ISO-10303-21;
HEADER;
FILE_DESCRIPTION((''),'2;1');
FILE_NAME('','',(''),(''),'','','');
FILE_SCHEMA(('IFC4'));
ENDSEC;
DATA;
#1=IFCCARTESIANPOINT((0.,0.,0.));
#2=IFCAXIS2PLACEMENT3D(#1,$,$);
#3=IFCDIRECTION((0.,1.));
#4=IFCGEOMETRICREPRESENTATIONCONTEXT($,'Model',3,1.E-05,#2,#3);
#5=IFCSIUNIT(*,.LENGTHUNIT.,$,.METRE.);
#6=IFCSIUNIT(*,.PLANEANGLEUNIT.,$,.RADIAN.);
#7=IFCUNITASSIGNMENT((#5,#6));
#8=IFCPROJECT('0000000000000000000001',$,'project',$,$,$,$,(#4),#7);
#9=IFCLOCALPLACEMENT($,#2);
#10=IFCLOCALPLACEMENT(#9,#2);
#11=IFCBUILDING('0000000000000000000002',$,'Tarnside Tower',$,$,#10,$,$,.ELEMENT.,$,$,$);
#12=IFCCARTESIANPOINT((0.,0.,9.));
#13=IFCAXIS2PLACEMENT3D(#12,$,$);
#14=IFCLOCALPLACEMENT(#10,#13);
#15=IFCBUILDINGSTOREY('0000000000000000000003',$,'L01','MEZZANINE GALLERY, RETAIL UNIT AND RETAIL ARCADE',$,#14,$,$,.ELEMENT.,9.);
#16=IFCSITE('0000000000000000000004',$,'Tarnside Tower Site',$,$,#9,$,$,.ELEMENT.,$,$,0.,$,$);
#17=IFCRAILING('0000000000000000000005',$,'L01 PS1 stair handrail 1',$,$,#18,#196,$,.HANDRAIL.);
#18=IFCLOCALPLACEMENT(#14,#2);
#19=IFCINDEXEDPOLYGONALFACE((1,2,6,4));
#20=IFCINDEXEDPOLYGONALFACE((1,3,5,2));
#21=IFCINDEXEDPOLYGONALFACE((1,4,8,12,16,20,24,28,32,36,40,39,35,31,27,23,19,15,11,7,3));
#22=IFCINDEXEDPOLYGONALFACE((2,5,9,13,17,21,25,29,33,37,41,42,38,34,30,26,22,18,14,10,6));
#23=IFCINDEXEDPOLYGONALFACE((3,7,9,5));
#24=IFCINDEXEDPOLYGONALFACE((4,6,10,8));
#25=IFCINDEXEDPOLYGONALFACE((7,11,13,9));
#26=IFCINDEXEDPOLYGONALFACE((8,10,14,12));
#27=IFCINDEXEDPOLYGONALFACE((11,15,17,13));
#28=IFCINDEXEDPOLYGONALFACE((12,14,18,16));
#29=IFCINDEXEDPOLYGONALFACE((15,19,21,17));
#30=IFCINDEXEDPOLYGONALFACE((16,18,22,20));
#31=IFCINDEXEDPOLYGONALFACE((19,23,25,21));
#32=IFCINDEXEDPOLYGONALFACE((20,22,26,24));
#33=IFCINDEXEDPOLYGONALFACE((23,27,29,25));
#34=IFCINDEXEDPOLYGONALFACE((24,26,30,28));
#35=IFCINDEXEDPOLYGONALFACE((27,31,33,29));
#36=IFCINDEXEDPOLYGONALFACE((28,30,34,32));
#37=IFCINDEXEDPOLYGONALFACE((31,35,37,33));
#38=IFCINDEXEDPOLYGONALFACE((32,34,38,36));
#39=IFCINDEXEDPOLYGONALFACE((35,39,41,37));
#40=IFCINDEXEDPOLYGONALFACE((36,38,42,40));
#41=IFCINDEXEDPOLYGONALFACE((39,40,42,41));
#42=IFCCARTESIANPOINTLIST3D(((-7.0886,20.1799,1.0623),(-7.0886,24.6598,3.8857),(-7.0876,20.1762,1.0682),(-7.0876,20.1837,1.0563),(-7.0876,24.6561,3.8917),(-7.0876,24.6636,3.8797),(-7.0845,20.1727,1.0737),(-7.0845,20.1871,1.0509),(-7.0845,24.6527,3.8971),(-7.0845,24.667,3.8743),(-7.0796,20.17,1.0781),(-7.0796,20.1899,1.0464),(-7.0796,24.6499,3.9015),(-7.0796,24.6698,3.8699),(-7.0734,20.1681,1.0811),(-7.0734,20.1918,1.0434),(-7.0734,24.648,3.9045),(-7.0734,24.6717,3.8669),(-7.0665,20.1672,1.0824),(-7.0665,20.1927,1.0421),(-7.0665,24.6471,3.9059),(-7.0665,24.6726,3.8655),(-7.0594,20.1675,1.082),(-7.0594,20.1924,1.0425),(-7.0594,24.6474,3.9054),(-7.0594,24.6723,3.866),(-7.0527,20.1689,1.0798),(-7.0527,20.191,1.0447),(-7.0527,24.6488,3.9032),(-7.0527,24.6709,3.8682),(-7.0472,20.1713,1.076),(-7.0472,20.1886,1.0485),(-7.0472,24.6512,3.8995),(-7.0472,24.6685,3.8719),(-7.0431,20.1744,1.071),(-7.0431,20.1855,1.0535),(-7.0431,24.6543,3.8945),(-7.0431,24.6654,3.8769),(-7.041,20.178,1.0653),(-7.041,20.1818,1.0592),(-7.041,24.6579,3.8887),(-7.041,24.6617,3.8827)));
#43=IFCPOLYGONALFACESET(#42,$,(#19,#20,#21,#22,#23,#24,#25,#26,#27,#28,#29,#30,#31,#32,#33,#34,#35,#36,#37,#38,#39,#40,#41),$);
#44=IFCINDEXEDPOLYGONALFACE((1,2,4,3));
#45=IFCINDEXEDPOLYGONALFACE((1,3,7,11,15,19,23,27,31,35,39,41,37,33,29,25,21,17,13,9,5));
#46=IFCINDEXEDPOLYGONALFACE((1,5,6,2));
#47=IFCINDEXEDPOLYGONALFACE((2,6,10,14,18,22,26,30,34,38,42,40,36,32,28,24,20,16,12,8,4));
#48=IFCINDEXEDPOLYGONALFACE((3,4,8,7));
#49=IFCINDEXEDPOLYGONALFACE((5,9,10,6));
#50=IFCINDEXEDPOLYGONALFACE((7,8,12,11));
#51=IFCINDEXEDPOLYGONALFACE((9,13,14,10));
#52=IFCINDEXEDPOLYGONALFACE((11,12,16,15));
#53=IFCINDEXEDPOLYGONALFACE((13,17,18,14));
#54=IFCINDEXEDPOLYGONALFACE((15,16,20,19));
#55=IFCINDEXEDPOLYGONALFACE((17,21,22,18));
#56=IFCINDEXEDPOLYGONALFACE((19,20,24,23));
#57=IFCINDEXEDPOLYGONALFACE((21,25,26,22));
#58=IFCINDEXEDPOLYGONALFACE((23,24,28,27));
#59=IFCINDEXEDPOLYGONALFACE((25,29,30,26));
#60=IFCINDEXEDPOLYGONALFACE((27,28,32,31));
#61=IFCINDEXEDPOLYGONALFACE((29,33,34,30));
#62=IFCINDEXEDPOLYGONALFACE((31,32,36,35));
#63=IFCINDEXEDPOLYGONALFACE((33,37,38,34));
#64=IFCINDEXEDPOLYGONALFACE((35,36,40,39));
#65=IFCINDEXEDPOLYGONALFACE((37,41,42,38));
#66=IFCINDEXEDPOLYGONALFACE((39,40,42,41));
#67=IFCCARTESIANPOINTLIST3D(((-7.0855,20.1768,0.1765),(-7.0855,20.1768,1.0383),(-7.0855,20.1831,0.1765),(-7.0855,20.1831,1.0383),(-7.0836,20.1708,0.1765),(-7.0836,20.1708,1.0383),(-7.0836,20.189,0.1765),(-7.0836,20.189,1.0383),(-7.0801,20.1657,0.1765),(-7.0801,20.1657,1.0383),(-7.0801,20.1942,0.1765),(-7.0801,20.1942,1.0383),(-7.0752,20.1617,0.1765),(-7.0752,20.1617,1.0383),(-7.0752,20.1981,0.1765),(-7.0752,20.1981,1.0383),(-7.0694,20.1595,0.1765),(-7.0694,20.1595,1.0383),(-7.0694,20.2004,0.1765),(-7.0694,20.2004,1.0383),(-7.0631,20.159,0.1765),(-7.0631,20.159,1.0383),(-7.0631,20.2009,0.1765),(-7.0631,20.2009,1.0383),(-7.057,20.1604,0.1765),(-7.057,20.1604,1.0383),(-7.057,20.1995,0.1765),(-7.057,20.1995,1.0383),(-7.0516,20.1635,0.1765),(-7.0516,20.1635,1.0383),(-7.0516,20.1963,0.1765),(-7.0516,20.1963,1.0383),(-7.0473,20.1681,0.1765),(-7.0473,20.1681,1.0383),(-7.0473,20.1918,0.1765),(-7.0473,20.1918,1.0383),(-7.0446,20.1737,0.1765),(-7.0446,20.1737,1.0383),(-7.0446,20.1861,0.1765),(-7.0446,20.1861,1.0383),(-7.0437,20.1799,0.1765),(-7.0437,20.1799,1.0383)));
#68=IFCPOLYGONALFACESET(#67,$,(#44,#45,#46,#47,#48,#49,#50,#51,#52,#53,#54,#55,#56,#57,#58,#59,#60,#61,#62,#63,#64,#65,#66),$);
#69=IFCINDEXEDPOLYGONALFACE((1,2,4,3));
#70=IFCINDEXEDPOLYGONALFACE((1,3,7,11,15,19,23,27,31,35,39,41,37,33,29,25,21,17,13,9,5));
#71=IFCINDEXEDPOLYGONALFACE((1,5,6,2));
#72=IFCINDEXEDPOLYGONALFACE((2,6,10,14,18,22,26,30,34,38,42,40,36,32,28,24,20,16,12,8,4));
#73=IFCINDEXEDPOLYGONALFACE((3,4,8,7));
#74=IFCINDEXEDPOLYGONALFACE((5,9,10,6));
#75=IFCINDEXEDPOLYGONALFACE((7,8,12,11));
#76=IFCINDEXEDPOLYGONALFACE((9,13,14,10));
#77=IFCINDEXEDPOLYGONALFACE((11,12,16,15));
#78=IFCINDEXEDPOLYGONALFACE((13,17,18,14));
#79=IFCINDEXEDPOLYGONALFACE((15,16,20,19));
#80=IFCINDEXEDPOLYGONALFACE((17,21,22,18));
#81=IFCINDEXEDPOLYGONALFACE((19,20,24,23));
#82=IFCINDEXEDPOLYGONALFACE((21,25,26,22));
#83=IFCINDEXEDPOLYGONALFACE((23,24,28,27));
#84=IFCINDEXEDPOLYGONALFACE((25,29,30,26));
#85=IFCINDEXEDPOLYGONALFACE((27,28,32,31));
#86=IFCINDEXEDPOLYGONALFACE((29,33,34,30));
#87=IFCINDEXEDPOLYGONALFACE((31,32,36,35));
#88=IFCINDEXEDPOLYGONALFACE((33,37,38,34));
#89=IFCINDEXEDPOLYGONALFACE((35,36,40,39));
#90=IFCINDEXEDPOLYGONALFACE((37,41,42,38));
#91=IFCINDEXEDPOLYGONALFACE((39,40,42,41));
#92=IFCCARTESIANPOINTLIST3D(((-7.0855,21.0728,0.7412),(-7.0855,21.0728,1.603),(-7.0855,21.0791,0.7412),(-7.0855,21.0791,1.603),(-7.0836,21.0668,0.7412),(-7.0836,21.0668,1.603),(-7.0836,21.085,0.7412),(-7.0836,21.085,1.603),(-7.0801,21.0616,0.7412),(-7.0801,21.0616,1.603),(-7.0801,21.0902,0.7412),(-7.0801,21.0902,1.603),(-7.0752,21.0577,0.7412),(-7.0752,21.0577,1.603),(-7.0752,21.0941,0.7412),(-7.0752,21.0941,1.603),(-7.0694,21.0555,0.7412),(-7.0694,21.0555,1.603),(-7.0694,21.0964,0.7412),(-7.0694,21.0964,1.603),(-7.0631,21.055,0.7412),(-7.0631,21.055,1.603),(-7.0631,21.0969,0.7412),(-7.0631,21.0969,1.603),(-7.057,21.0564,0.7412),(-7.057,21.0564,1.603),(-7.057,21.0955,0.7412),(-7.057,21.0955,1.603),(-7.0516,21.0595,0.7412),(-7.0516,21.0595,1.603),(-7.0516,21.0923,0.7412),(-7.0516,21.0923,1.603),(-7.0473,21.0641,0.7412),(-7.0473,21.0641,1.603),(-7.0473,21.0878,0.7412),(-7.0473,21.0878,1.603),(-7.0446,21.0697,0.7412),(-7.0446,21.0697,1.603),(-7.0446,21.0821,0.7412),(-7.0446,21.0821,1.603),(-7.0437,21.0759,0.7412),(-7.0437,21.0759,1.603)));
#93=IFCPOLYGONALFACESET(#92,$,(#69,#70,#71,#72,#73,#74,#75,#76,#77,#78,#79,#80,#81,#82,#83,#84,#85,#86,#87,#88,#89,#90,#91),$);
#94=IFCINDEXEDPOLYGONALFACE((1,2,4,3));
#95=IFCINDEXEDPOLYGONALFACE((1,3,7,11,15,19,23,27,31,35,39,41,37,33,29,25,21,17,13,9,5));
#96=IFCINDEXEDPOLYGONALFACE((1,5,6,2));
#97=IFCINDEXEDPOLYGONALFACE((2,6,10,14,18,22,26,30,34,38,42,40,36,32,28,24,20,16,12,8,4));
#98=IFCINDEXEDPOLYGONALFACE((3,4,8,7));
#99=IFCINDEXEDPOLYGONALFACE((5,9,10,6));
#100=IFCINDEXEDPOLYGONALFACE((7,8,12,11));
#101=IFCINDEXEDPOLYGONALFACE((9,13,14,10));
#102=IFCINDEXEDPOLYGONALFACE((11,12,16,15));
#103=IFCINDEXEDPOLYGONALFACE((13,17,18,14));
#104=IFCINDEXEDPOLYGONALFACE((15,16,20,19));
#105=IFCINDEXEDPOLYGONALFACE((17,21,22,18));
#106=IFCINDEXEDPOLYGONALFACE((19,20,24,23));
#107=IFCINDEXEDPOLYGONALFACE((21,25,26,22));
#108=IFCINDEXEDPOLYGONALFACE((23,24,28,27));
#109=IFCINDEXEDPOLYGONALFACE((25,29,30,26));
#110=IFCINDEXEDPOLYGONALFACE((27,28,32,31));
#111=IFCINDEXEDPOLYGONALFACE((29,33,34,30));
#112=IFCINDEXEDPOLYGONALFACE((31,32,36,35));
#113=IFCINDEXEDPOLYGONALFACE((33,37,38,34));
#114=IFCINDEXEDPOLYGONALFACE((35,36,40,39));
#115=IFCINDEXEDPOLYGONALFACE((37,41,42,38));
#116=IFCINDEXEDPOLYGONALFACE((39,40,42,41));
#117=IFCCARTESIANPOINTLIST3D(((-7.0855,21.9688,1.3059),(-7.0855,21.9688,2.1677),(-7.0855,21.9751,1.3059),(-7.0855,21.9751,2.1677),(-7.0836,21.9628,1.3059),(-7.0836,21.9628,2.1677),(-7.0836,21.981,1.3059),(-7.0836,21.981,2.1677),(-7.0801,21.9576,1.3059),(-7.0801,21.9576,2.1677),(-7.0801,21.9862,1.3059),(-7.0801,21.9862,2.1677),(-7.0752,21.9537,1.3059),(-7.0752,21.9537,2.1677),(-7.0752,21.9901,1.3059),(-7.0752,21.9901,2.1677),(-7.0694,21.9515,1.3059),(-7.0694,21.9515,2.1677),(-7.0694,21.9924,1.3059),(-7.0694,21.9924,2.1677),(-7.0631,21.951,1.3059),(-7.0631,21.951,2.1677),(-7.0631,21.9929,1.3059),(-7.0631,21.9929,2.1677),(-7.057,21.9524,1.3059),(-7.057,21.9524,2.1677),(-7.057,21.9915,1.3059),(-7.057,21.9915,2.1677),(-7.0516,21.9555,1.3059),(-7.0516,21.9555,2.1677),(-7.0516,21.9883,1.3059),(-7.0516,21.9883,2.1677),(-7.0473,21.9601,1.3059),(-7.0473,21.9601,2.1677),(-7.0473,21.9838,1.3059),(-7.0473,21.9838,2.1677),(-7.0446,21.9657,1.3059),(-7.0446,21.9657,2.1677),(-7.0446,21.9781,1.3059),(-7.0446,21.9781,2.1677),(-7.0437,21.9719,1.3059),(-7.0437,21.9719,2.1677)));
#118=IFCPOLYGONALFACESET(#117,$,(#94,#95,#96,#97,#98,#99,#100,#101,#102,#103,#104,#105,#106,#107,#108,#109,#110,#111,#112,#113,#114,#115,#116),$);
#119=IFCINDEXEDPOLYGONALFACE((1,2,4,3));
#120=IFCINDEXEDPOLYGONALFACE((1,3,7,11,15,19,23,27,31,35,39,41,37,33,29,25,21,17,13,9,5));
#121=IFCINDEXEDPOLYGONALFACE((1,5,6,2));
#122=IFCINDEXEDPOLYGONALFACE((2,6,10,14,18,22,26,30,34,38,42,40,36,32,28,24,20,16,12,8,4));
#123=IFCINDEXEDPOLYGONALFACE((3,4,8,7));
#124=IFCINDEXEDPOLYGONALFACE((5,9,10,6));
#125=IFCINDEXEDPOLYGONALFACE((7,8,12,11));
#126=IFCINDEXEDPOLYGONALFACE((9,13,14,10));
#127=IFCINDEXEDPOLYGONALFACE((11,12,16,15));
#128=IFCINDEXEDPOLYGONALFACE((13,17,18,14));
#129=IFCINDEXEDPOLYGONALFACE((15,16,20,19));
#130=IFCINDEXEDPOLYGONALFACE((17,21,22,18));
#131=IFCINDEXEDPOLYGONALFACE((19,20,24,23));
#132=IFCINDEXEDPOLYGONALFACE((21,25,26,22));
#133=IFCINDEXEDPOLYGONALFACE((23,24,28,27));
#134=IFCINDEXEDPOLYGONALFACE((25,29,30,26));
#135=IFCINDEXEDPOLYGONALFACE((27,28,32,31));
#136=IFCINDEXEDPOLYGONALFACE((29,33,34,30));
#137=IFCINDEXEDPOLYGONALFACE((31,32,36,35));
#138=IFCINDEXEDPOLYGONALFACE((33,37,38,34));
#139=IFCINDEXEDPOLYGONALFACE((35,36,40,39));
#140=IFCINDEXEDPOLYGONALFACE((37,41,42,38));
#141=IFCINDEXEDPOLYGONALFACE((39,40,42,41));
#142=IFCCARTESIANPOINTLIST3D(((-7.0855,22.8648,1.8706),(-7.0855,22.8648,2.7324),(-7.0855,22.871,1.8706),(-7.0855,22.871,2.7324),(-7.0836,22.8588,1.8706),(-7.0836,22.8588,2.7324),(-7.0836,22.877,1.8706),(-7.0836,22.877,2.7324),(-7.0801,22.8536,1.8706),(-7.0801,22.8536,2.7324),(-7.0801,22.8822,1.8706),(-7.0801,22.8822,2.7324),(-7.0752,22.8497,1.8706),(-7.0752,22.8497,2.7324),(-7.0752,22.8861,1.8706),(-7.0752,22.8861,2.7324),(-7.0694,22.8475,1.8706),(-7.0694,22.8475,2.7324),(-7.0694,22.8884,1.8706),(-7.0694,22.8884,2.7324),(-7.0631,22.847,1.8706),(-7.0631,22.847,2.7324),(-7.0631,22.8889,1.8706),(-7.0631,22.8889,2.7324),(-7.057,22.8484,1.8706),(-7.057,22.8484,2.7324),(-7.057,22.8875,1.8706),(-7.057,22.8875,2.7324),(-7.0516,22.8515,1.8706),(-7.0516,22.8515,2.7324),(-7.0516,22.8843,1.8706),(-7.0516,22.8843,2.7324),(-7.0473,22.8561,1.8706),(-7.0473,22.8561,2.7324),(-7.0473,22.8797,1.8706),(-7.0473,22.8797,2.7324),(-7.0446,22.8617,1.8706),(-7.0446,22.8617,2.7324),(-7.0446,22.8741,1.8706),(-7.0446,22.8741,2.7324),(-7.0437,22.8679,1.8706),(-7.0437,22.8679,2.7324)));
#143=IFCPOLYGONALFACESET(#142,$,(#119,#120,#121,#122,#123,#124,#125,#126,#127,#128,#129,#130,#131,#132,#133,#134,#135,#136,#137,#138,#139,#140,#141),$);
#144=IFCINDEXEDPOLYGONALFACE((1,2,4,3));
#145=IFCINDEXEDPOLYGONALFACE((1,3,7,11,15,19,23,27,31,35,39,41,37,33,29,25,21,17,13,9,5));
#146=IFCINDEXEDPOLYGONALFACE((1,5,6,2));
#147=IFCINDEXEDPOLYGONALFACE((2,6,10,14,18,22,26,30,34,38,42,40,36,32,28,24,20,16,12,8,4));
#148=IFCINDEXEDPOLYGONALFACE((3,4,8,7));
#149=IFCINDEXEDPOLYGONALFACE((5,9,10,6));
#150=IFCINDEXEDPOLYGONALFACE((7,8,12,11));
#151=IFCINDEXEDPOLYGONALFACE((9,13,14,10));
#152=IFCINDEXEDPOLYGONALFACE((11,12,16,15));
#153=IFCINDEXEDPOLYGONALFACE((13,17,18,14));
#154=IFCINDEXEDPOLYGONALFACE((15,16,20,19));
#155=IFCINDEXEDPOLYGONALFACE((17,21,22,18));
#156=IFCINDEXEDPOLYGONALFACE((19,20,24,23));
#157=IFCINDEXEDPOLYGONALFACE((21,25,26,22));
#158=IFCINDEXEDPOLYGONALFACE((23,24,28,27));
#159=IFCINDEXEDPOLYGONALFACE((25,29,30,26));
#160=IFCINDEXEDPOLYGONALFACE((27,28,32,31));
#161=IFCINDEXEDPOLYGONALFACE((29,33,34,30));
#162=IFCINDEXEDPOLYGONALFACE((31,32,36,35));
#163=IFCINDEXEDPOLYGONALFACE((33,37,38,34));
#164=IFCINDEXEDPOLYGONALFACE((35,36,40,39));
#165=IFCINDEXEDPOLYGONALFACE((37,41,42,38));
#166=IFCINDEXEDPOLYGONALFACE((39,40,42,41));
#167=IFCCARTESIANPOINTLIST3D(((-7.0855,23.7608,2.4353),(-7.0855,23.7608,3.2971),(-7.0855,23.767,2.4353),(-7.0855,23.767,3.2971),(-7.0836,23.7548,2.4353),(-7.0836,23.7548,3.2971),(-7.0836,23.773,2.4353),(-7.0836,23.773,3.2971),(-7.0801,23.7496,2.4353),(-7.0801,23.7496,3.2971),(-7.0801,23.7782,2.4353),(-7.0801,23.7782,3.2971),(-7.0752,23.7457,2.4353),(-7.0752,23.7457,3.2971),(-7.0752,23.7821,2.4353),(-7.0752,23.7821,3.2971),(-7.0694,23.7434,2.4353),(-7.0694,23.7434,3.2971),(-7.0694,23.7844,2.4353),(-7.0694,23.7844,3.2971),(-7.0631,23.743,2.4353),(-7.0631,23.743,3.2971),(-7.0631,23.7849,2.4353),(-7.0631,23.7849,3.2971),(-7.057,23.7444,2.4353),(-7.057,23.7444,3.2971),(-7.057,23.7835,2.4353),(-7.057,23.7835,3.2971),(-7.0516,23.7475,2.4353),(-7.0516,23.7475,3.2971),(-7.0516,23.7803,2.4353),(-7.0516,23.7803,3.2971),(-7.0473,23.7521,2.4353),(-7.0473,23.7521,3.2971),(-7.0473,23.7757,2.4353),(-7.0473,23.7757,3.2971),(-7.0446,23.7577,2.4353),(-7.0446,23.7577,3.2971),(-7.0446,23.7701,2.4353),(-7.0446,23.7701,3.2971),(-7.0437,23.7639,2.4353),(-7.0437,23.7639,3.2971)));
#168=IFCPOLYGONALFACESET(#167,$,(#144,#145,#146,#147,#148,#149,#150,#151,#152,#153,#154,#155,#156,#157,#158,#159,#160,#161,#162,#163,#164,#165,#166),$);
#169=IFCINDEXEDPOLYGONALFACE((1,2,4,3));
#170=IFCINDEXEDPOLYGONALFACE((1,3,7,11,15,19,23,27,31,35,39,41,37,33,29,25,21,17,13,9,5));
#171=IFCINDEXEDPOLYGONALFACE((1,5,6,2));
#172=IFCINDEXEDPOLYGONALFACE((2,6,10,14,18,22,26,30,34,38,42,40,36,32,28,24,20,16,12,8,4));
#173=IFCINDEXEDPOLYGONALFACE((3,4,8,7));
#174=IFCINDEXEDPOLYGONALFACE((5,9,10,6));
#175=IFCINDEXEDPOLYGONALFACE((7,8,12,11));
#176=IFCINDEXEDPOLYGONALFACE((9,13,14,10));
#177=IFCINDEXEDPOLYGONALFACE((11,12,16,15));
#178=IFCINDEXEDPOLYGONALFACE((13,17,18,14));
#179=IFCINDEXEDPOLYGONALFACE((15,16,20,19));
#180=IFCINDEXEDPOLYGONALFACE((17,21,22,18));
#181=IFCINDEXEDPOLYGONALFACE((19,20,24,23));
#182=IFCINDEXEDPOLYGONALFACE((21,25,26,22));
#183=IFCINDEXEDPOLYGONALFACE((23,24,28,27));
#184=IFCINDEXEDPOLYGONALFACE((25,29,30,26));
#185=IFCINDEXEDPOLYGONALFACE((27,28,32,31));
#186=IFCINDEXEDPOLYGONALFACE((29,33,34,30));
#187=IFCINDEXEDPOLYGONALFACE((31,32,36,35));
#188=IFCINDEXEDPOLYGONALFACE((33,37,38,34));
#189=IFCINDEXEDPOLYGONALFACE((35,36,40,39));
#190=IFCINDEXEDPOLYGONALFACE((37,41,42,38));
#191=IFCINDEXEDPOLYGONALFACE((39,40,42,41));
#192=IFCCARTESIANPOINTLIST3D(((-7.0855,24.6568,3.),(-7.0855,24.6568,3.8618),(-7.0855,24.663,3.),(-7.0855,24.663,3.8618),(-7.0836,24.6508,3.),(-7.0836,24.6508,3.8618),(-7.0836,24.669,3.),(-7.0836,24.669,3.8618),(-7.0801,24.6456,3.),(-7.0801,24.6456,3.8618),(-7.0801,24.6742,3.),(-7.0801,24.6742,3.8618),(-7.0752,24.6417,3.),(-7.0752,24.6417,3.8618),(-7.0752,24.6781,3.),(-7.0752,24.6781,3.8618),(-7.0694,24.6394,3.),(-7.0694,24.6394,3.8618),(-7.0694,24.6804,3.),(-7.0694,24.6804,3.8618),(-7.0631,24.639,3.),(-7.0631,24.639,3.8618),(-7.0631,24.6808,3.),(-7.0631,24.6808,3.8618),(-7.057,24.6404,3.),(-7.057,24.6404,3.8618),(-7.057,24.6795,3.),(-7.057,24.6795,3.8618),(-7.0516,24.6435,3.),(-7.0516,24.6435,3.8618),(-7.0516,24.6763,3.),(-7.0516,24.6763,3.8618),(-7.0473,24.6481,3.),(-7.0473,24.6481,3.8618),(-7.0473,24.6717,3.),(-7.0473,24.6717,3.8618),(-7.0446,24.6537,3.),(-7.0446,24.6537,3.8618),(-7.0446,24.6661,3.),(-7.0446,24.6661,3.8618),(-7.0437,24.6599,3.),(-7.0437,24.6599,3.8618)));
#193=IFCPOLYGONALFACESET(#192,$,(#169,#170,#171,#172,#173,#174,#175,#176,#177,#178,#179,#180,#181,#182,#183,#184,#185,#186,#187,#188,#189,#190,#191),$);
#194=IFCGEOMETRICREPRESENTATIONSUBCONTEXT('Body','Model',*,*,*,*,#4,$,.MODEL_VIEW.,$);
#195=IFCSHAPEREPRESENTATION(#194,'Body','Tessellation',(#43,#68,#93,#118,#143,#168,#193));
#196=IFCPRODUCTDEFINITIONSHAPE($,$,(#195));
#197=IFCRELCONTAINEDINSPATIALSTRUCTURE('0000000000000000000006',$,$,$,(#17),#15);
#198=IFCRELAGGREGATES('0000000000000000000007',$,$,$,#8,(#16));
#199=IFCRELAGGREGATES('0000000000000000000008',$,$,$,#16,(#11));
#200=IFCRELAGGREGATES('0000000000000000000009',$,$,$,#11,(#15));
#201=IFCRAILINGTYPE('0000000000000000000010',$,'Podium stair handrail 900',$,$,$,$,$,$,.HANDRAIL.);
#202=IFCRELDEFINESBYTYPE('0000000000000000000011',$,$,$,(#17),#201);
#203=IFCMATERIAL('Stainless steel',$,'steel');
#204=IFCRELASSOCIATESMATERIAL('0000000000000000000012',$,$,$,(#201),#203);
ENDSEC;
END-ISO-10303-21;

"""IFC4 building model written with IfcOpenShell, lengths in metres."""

from ifc_helpers import new_model, si_unit, direction, frame, origin, origin_2d, place, context, subcontext, project, spatial, circle, extrude, material, type_object, element, save


model = new_model("IFC4")

# Units and contexts
model_context = context("Model", 3, precision=1e-05, world=origin(), true_north=direction((0.0, 1.0)))
body_context = subcontext(model_context, "Body", "Model", "MODEL_VIEW")
ifc_project = project(units=[si_unit("LENGTHUNIT", "METRE"), si_unit("PLANEANGLEUNIT", "RADIAN")], contexts=[model_context])

# Site, building, storey
site_placement = place(None, origin())
site = spatial("IfcSite", under=ifc_project, at=site_placement, Name="Tarnside Tower Site", CompositionType="ELEMENT", RefElevation=0.0)
building_placement = place(site_placement, origin())
building = spatial("IfcBuilding", under=site, at=building_placement, Name="Tarnside Tower", CompositionType="ELEMENT")
storey_placement = place(building_placement, frame((0.0, 0.0, 9.0)))
storey = spatial("IfcBuildingStorey", under=building, at=storey_placement, Name="L01", Description="MEZZANINE GALLERY, RETAIL UNIT AND RETAIL ARCADE", CompositionType="ELEMENT", Elevation=9.0)

# Railing
ifc_material_1 = material(Name="Stainless steel", Category="steel")
railing_type_1 = type_object("IfcRailingType", Name="Podium stair handrail 900", PredefinedType="HANDRAIL", material=ifc_material_1)
railing_1_placement = place(storey_placement, frame((-7.0647, 20.1799, 0.1765)))
element("IfcRailing", 1, at=railing_1_placement, inside=storey, type_object=railing_type_1, Name="L01 PS1 stair handrail 1", PredefinedType="HANDRAIL", context=body_context, shape_type="SweptSolid", body=[
    extrude(circle(Radius=0.0239, at=origin_2d()), frame((0.0, 0.0, 0.8857), z_axis=(0.0, 0.845998, 0.533186), x_axis=(-1.0, 0.0, 0.0)), (0.0, 0.0, 1.0), 5.2954),
    extrude(circle(Radius=0.021, at=origin_2d()), origin(), (0.0, 0.0, 1.0), 0.8618),
    extrude(circle(Radius=0.021, at=origin_2d()), frame((0.0, 0.896, 0.5647)), (0.0, 0.0, 1.0), 0.8618),
    extrude(circle(Radius=0.021, at=origin_2d()), frame((0.0, 1.792, 1.1294)), (0.0, 0.0, 1.0), 0.8618),
    extrude(circle(Radius=0.021, at=origin_2d()), frame((0.0, 2.688, 1.6941)), (0.0, 0.0, 1.0), 0.8618),
    extrude(circle(Radius=0.021, at=origin_2d()), frame((0.0, 3.584, 2.2588)), (0.0, 0.0, 1.0), 0.8618),
    extrude(circle(Radius=0.021, at=origin_2d()), frame((0.0, 4.48, 2.8235)), (0.0, 0.0, 1.0), 0.8618),
])

save(model, "model.ifc")
